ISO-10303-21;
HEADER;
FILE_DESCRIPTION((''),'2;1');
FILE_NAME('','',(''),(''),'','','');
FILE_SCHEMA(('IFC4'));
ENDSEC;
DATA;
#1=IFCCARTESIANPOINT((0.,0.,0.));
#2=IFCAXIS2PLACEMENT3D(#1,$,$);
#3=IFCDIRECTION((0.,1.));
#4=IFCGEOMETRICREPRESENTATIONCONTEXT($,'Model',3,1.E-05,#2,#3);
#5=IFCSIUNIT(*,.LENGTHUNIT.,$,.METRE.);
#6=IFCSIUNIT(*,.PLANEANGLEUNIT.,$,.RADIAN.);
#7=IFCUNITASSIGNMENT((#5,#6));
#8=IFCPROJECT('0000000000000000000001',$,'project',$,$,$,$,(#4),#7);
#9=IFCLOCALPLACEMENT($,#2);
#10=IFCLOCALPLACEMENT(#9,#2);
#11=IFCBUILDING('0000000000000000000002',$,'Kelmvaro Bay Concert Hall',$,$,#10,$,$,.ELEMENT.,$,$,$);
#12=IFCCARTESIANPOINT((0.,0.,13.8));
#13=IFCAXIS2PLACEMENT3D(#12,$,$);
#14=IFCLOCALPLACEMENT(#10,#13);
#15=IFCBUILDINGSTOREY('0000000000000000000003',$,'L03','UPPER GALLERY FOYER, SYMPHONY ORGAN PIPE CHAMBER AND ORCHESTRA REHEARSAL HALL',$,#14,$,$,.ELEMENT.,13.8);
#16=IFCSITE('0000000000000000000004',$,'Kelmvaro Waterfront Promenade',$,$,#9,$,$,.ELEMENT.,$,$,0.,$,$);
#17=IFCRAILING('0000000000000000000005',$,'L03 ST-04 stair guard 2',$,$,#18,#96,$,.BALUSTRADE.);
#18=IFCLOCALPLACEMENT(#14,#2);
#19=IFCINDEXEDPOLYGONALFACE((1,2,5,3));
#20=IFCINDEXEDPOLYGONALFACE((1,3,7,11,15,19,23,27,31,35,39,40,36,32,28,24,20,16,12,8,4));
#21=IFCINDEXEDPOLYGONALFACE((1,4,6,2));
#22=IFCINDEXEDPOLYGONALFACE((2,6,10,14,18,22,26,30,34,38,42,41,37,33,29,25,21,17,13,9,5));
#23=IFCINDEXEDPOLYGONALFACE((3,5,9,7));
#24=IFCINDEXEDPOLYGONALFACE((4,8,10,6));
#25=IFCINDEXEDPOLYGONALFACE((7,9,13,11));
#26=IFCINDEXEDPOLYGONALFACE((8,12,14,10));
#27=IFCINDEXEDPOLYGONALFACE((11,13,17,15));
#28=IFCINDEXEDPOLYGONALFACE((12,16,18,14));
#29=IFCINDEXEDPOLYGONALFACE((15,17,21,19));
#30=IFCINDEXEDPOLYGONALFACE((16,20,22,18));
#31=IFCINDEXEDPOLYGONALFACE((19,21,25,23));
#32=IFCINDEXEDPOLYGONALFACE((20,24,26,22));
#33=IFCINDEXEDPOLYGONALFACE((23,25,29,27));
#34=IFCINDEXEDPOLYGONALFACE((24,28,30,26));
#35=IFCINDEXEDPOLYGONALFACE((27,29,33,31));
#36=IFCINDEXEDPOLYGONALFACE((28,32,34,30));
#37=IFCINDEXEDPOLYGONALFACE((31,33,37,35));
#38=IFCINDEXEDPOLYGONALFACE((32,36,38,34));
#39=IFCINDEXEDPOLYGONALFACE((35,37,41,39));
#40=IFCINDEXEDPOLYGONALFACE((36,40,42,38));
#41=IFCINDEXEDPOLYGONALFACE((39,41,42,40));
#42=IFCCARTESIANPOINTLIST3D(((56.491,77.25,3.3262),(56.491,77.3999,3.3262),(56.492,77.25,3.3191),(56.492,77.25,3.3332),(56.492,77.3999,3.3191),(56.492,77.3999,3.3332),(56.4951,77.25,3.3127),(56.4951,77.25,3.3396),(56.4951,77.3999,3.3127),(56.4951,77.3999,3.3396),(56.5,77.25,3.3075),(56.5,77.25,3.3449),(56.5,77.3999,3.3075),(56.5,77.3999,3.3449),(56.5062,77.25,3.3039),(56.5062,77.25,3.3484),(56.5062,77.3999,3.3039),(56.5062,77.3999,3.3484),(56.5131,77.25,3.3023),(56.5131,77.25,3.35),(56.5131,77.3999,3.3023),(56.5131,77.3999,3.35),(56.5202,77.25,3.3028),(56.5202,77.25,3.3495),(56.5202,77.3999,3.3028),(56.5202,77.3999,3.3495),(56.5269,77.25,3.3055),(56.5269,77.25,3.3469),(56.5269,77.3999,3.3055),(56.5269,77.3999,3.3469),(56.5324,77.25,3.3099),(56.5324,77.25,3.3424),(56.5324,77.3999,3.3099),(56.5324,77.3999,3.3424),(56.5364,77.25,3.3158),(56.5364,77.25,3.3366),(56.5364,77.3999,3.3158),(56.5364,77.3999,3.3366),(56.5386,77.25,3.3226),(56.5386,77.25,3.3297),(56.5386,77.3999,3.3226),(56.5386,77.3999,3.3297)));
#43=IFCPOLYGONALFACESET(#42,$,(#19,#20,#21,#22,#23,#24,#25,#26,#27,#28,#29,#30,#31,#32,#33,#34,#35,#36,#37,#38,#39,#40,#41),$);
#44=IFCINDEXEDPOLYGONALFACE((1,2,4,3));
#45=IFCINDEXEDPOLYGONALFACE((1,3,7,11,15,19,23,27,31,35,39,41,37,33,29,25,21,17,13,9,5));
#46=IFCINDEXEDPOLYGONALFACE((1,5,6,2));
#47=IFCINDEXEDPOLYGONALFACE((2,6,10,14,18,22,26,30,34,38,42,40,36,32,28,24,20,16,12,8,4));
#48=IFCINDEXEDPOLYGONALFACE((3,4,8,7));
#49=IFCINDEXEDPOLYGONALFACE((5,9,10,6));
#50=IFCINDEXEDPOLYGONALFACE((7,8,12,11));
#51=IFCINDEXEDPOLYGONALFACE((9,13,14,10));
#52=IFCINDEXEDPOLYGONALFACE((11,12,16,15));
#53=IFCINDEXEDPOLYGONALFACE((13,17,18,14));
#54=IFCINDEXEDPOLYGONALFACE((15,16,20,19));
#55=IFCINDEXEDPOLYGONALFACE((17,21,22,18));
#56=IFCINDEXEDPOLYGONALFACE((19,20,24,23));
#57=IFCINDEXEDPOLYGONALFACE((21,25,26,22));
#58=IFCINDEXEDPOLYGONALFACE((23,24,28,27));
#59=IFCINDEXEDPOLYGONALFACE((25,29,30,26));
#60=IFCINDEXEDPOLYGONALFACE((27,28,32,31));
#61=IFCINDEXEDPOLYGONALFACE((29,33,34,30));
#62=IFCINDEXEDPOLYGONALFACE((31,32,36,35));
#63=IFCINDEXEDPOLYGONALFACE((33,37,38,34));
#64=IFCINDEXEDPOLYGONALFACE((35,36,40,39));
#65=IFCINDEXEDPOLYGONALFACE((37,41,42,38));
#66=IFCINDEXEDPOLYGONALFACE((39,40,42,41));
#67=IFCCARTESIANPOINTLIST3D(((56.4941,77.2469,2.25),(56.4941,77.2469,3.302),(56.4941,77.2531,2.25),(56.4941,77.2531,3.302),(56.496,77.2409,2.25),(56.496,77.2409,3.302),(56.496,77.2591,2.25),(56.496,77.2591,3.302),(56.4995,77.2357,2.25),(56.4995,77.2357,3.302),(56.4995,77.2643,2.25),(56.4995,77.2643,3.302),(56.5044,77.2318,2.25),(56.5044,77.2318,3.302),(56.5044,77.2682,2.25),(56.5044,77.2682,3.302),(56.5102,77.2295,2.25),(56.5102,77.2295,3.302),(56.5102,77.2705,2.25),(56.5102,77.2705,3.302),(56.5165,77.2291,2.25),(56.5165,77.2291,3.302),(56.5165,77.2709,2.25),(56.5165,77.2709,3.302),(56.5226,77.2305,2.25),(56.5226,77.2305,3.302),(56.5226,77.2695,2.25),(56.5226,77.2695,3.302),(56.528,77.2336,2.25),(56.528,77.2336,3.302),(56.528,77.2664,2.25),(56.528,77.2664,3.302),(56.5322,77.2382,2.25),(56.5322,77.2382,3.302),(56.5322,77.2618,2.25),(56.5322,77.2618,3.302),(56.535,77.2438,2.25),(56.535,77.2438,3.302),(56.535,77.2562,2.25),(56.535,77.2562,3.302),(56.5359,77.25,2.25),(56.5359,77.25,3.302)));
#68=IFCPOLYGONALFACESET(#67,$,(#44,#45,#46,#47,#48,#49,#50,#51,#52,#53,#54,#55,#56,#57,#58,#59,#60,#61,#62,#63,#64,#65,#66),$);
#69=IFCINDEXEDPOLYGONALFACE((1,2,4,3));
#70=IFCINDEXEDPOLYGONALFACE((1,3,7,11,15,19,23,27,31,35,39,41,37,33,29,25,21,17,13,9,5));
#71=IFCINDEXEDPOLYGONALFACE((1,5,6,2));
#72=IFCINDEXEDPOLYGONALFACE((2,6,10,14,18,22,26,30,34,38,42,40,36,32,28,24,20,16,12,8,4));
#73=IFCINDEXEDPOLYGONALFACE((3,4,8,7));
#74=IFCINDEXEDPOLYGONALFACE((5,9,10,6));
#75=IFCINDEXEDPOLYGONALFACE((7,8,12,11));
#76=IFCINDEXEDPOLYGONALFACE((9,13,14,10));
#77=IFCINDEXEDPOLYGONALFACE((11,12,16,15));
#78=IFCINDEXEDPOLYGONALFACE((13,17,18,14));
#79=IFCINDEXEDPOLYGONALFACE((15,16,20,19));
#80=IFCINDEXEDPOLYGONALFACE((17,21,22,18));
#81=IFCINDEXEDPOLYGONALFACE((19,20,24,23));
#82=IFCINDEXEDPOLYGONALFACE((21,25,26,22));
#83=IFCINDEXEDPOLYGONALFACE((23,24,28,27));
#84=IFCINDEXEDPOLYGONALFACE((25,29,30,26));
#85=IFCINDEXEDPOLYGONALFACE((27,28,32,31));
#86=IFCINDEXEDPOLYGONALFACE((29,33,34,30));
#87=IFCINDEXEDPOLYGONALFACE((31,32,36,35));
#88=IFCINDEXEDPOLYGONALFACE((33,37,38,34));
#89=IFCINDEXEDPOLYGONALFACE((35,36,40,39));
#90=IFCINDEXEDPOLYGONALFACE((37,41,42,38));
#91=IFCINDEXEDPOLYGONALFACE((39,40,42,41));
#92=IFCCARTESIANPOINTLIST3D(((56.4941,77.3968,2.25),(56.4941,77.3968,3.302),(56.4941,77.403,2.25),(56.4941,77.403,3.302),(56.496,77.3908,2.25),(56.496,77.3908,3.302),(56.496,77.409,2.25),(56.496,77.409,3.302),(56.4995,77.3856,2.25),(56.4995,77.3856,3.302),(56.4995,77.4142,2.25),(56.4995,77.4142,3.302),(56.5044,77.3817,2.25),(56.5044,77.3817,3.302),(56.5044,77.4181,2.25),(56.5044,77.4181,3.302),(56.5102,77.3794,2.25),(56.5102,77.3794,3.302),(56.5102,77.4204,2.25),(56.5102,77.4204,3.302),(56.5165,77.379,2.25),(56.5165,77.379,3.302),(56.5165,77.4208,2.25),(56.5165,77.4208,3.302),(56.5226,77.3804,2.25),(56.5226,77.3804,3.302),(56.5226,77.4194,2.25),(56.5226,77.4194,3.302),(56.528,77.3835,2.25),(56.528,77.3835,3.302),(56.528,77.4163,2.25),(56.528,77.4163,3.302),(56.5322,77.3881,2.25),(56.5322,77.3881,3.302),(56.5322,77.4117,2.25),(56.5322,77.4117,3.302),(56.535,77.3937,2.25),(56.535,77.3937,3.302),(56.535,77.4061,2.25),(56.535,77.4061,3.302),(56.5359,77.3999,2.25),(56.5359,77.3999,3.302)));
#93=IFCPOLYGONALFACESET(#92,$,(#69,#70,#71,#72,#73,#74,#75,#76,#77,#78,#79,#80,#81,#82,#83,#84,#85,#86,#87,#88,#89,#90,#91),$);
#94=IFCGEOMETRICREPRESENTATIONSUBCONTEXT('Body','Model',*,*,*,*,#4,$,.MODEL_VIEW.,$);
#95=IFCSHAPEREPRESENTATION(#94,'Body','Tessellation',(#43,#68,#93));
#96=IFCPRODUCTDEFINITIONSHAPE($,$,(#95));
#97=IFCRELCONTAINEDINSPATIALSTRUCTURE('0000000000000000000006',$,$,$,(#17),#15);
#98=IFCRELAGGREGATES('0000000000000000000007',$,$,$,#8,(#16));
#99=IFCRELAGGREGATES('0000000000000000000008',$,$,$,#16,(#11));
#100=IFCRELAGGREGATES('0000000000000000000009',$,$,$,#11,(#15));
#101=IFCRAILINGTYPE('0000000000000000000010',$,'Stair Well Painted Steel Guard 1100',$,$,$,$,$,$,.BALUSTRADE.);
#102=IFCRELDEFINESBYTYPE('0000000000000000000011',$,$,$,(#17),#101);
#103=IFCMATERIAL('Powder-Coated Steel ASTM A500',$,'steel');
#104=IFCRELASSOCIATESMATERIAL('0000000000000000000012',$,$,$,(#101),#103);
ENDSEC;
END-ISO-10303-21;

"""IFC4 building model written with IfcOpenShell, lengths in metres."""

from ifc_helpers import new_model, si_unit, direction, frame, origin, origin_2d, place, context, subcontext, project, spatial, circle, extrude, material, type_object, element, save


model = new_model("IFC4")

# Units and contexts
model_context = context("Model", 3, precision=1e-05, world=origin(), true_north=direction((0.0, 1.0)))
body_context = subcontext(model_context, "Body", "Model", "MODEL_VIEW")
ifc_project = project(units=[si_unit("LENGTHUNIT", "METRE"), si_unit("PLANEANGLEUNIT", "RADIAN")], contexts=[model_context])

# Site, building, storey
site_placement = place(None, origin())
site = spatial("IfcSite", under=ifc_project, at=site_placement, Name="Kelmvaro Waterfront Promenade", CompositionType="ELEMENT", RefElevation=0.0)
building_placement = place(site_placement, origin())
building = spatial("IfcBuilding", under=site, at=building_placement, Name="Kelmvaro Bay Concert Hall", CompositionType="ELEMENT")
storey_placement = place(building_placement, frame((0.0, 0.0, 13.8)))
storey = spatial("IfcBuildingStorey", under=building, at=storey_placement, Name="L03", Description="UPPER GALLERY FOYER, SYMPHONY ORGAN PIPE CHAMBER AND ORCHESTRA REHEARSAL HALL", CompositionType="ELEMENT", Elevation=13.8)

# Railing
ifc_material_1 = material(Name="Powder-Coated Steel ASTM A500", Category="steel")
railing_type_1 = type_object("IfcRailingType", Name="Stair Well Painted Steel Guard 1100", PredefinedType="BALUSTRADE", material=ifc_material_1)
railing_1_placement = place(storey_placement, frame((56.5149, 77.25, 2.25)))
element("IfcRailing", 1, at=railing_1_placement, inside=storey, type_object=railing_type_1, Name="L03 ST-04 stair guard 2", PredefinedType="BALUSTRADE", context=body_context, shape_type="SweptSolid", body=[
    extrude(circle(Radius=0.0239, at=origin_2d()), frame((0.0, 0.0, 1.0762), z_axis=(0.0, 1.0, 0.0), x_axis=(-1.0, 0.0, 0.0)), (0.0, 0.0, 1.0), 0.1499),
    extrude(circle(Radius=0.021, at=origin_2d()), origin(), (0.0, 0.0, 1.0), 1.052),
    extrude(circle(Radius=0.021, at=origin_2d()), frame((0.0, 0.1499, 0.0)), (0.0, 0.0, 1.0), 1.052),
])

save(model, "model.ifc")
